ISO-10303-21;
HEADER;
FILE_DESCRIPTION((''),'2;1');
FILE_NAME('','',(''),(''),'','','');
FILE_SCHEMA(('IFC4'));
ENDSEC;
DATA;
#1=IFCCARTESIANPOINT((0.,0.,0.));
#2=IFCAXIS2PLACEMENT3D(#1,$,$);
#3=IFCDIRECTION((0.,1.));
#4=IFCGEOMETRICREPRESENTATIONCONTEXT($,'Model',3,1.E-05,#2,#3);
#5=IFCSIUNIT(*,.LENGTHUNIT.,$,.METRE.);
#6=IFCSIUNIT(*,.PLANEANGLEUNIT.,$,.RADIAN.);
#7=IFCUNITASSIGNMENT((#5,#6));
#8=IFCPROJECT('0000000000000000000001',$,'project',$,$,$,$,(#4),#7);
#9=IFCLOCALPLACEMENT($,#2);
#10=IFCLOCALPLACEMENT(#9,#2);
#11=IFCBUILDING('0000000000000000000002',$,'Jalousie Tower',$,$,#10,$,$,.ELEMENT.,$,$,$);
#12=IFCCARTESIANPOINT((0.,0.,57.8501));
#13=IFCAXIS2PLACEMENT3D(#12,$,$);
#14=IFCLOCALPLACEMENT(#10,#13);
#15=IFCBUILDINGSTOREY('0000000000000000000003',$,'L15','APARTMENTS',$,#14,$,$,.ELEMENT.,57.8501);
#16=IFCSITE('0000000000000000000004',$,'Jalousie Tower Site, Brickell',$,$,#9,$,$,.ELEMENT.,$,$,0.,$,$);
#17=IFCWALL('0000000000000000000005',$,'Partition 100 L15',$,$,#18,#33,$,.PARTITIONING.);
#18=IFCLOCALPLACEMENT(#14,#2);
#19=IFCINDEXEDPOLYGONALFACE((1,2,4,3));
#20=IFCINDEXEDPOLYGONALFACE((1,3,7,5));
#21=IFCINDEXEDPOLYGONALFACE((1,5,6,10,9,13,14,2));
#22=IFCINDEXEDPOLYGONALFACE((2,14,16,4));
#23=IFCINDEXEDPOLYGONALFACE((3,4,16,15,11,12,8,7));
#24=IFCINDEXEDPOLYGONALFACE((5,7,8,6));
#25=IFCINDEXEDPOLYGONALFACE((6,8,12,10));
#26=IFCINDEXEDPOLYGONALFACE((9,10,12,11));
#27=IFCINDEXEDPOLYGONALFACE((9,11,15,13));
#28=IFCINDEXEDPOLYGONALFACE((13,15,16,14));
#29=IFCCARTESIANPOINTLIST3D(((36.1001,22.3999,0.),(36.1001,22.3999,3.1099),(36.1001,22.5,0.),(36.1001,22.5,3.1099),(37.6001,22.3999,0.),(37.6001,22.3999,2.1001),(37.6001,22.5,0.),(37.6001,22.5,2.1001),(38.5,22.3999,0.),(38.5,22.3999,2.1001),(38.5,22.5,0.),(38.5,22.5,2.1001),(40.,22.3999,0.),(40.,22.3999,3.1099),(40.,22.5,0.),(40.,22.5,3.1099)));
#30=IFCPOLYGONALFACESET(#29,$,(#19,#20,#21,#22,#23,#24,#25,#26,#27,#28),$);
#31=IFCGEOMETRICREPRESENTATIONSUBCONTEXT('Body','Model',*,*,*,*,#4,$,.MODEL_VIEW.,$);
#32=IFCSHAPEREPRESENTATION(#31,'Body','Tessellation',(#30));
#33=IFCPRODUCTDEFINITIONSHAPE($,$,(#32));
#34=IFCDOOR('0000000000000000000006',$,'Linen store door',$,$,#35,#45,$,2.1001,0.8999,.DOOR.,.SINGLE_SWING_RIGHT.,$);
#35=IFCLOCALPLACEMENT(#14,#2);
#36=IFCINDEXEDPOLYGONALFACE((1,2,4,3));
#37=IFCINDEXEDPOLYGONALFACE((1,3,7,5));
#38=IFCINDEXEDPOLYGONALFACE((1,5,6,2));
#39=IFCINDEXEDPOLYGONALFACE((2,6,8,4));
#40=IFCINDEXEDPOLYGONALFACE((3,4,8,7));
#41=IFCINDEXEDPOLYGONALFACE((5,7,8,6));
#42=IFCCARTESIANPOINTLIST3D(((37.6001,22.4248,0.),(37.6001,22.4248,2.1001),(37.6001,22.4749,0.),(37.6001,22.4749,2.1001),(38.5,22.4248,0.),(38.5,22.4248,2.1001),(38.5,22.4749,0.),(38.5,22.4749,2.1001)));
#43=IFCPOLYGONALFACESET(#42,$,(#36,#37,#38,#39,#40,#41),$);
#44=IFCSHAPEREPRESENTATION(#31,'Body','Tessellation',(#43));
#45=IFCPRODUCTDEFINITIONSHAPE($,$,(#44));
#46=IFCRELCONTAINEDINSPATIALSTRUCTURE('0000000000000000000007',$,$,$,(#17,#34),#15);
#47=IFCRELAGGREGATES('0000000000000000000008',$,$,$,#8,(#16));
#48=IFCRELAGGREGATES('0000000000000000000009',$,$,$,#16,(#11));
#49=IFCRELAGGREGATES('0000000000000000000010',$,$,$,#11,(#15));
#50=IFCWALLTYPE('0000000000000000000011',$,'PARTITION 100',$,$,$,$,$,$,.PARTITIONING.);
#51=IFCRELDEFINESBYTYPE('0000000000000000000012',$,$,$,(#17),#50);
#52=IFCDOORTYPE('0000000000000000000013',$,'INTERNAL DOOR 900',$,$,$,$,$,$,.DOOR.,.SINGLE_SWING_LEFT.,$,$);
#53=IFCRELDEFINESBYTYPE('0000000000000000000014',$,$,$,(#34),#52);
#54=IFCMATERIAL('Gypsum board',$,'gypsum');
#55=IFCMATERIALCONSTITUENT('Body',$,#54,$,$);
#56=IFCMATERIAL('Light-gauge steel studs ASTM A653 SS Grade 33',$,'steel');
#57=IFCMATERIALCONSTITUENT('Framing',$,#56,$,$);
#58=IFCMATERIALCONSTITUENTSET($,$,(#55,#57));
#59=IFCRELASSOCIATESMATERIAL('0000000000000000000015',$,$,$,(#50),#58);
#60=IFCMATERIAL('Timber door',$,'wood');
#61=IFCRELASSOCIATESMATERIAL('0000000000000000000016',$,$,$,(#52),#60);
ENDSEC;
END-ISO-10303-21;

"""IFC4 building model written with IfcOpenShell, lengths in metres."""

from ifc_helpers import new_model, si_unit, direction, frame, frame_2d, origin, place, context, subcontext, project, spatial, rectangle, extrude, material, constituent, constituent_set, type_object, element, fill, save


model = new_model("IFC4")

# Units and contexts
model_context = context("Model", 3, precision=1e-05, world=origin(), true_north=direction((0.0, 1.0)))
body_context = subcontext(model_context, "Body", "Model", "MODEL_VIEW")
ifc_project = project(units=[si_unit("LENGTHUNIT", "METRE"), si_unit("PLANEANGLEUNIT", "RADIAN")], contexts=[model_context])

# Site, building, storey
site_placement = place(None, origin())
site = spatial("IfcSite", under=ifc_project, at=site_placement, Name="Jalousie Tower Site, Brickell", CompositionType="ELEMENT", RefElevation=0.0)
building_placement = place(site_placement, origin())
building = spatial("IfcBuilding", under=site, at=building_placement, Name="Jalousie Tower", CompositionType="ELEMENT")
storey_placement = place(building_placement, frame((0.0, 0.0, 57.8501)))
storey = spatial("IfcBuildingStorey", under=building, at=storey_placement, Name="L15", Description="APARTMENTS", CompositionType="ELEMENT", Elevation=57.8501)

# Wall, opening, door
ifc_material_1 = material(Name="Gypsum board", Category="gypsum")
ifc_constituent_1 = constituent(ifc_material_1, Name="Body")
ifc_material_2 = material(Name="Light-gauge steel studs ASTM A653 SS Grade 33", Category="steel")
ifc_constituent_2 = constituent(ifc_material_2, Name="Framing")
ifc_constituent_set = constituent_set(constituents=[ifc_constituent_1, ifc_constituent_2])
wall_type_1 = type_object("IfcWallType", Name="PARTITION 100", PredefinedType="PARTITIONING", material=ifc_constituent_set)
wall_1_placement = place(storey_placement, frame((36.1001, 22.45, 0.0), z_axis=(0.0, 0.0, 1.0), x_axis=(1.0, 0.0, 0.0)))
wall_1 = element("IfcWall", 1, at=wall_1_placement, inside=storey, type_object=wall_type_1, Name="Partition 100 L15", PredefinedType="PARTITIONING", context=body_context, shape_type="SweptSolid", body=[
    extrude(rectangle(XDim=3.8999, YDim=0.1001, at=frame_2d((1.95, 0.0))), origin(), (0.0, 0.0, 1.0), 3.1099),
])
opening_1_placement = place(wall_1_placement, frame((1.5, 0.0, 0.0)))
opening_1 = element("IfcOpeningElement", 2, at=opening_1_placement, cuts=wall_1, PredefinedType="OPENING", context=body_context, shape_type="SweptSolid", body=[
    extrude(rectangle(XDim=0.8999, YDim=2.1001, at=frame_2d((0.45, 1.05))), frame((0.0, 0.0601, 0.0), z_axis=(0.0, -1.0, 0.0), x_axis=(1.0, 0.0, 0.0)), (0.0, 0.0, 1.0), 0.1201),
])
ifc_material_3 = material(Name="Timber door", Category="wood")
door_type_1 = type_object("IfcDoorType", Name="INTERNAL DOOR 900", OperationType="SINGLE_SWING_LEFT", PredefinedType="DOOR", material=ifc_material_3)
door_1_placement = place(opening_1_placement, origin())
door_1 = element("IfcDoor", 3, at=door_1_placement, inside=storey, type_object=door_type_1, Name="Linen store door", OperationType="SINGLE_SWING_RIGHT", OverallHeight=2.1001, OverallWidth=0.8999, PredefinedType="DOOR", context=body_context, shape_type="SweptSolid", body=[
    extrude(rectangle(XDim=0.8999, YDim=2.1001, at=frame_2d((0.45, 1.05))), frame((0.0, 0.0249, 0.0), z_axis=(0.0, -1.0, 0.0), x_axis=(1.0, 0.0, 0.0)), (0.0, 0.0, 1.0), 0.05),
])
fill(opening_1, door_1)

save(model, "model.ifc")
